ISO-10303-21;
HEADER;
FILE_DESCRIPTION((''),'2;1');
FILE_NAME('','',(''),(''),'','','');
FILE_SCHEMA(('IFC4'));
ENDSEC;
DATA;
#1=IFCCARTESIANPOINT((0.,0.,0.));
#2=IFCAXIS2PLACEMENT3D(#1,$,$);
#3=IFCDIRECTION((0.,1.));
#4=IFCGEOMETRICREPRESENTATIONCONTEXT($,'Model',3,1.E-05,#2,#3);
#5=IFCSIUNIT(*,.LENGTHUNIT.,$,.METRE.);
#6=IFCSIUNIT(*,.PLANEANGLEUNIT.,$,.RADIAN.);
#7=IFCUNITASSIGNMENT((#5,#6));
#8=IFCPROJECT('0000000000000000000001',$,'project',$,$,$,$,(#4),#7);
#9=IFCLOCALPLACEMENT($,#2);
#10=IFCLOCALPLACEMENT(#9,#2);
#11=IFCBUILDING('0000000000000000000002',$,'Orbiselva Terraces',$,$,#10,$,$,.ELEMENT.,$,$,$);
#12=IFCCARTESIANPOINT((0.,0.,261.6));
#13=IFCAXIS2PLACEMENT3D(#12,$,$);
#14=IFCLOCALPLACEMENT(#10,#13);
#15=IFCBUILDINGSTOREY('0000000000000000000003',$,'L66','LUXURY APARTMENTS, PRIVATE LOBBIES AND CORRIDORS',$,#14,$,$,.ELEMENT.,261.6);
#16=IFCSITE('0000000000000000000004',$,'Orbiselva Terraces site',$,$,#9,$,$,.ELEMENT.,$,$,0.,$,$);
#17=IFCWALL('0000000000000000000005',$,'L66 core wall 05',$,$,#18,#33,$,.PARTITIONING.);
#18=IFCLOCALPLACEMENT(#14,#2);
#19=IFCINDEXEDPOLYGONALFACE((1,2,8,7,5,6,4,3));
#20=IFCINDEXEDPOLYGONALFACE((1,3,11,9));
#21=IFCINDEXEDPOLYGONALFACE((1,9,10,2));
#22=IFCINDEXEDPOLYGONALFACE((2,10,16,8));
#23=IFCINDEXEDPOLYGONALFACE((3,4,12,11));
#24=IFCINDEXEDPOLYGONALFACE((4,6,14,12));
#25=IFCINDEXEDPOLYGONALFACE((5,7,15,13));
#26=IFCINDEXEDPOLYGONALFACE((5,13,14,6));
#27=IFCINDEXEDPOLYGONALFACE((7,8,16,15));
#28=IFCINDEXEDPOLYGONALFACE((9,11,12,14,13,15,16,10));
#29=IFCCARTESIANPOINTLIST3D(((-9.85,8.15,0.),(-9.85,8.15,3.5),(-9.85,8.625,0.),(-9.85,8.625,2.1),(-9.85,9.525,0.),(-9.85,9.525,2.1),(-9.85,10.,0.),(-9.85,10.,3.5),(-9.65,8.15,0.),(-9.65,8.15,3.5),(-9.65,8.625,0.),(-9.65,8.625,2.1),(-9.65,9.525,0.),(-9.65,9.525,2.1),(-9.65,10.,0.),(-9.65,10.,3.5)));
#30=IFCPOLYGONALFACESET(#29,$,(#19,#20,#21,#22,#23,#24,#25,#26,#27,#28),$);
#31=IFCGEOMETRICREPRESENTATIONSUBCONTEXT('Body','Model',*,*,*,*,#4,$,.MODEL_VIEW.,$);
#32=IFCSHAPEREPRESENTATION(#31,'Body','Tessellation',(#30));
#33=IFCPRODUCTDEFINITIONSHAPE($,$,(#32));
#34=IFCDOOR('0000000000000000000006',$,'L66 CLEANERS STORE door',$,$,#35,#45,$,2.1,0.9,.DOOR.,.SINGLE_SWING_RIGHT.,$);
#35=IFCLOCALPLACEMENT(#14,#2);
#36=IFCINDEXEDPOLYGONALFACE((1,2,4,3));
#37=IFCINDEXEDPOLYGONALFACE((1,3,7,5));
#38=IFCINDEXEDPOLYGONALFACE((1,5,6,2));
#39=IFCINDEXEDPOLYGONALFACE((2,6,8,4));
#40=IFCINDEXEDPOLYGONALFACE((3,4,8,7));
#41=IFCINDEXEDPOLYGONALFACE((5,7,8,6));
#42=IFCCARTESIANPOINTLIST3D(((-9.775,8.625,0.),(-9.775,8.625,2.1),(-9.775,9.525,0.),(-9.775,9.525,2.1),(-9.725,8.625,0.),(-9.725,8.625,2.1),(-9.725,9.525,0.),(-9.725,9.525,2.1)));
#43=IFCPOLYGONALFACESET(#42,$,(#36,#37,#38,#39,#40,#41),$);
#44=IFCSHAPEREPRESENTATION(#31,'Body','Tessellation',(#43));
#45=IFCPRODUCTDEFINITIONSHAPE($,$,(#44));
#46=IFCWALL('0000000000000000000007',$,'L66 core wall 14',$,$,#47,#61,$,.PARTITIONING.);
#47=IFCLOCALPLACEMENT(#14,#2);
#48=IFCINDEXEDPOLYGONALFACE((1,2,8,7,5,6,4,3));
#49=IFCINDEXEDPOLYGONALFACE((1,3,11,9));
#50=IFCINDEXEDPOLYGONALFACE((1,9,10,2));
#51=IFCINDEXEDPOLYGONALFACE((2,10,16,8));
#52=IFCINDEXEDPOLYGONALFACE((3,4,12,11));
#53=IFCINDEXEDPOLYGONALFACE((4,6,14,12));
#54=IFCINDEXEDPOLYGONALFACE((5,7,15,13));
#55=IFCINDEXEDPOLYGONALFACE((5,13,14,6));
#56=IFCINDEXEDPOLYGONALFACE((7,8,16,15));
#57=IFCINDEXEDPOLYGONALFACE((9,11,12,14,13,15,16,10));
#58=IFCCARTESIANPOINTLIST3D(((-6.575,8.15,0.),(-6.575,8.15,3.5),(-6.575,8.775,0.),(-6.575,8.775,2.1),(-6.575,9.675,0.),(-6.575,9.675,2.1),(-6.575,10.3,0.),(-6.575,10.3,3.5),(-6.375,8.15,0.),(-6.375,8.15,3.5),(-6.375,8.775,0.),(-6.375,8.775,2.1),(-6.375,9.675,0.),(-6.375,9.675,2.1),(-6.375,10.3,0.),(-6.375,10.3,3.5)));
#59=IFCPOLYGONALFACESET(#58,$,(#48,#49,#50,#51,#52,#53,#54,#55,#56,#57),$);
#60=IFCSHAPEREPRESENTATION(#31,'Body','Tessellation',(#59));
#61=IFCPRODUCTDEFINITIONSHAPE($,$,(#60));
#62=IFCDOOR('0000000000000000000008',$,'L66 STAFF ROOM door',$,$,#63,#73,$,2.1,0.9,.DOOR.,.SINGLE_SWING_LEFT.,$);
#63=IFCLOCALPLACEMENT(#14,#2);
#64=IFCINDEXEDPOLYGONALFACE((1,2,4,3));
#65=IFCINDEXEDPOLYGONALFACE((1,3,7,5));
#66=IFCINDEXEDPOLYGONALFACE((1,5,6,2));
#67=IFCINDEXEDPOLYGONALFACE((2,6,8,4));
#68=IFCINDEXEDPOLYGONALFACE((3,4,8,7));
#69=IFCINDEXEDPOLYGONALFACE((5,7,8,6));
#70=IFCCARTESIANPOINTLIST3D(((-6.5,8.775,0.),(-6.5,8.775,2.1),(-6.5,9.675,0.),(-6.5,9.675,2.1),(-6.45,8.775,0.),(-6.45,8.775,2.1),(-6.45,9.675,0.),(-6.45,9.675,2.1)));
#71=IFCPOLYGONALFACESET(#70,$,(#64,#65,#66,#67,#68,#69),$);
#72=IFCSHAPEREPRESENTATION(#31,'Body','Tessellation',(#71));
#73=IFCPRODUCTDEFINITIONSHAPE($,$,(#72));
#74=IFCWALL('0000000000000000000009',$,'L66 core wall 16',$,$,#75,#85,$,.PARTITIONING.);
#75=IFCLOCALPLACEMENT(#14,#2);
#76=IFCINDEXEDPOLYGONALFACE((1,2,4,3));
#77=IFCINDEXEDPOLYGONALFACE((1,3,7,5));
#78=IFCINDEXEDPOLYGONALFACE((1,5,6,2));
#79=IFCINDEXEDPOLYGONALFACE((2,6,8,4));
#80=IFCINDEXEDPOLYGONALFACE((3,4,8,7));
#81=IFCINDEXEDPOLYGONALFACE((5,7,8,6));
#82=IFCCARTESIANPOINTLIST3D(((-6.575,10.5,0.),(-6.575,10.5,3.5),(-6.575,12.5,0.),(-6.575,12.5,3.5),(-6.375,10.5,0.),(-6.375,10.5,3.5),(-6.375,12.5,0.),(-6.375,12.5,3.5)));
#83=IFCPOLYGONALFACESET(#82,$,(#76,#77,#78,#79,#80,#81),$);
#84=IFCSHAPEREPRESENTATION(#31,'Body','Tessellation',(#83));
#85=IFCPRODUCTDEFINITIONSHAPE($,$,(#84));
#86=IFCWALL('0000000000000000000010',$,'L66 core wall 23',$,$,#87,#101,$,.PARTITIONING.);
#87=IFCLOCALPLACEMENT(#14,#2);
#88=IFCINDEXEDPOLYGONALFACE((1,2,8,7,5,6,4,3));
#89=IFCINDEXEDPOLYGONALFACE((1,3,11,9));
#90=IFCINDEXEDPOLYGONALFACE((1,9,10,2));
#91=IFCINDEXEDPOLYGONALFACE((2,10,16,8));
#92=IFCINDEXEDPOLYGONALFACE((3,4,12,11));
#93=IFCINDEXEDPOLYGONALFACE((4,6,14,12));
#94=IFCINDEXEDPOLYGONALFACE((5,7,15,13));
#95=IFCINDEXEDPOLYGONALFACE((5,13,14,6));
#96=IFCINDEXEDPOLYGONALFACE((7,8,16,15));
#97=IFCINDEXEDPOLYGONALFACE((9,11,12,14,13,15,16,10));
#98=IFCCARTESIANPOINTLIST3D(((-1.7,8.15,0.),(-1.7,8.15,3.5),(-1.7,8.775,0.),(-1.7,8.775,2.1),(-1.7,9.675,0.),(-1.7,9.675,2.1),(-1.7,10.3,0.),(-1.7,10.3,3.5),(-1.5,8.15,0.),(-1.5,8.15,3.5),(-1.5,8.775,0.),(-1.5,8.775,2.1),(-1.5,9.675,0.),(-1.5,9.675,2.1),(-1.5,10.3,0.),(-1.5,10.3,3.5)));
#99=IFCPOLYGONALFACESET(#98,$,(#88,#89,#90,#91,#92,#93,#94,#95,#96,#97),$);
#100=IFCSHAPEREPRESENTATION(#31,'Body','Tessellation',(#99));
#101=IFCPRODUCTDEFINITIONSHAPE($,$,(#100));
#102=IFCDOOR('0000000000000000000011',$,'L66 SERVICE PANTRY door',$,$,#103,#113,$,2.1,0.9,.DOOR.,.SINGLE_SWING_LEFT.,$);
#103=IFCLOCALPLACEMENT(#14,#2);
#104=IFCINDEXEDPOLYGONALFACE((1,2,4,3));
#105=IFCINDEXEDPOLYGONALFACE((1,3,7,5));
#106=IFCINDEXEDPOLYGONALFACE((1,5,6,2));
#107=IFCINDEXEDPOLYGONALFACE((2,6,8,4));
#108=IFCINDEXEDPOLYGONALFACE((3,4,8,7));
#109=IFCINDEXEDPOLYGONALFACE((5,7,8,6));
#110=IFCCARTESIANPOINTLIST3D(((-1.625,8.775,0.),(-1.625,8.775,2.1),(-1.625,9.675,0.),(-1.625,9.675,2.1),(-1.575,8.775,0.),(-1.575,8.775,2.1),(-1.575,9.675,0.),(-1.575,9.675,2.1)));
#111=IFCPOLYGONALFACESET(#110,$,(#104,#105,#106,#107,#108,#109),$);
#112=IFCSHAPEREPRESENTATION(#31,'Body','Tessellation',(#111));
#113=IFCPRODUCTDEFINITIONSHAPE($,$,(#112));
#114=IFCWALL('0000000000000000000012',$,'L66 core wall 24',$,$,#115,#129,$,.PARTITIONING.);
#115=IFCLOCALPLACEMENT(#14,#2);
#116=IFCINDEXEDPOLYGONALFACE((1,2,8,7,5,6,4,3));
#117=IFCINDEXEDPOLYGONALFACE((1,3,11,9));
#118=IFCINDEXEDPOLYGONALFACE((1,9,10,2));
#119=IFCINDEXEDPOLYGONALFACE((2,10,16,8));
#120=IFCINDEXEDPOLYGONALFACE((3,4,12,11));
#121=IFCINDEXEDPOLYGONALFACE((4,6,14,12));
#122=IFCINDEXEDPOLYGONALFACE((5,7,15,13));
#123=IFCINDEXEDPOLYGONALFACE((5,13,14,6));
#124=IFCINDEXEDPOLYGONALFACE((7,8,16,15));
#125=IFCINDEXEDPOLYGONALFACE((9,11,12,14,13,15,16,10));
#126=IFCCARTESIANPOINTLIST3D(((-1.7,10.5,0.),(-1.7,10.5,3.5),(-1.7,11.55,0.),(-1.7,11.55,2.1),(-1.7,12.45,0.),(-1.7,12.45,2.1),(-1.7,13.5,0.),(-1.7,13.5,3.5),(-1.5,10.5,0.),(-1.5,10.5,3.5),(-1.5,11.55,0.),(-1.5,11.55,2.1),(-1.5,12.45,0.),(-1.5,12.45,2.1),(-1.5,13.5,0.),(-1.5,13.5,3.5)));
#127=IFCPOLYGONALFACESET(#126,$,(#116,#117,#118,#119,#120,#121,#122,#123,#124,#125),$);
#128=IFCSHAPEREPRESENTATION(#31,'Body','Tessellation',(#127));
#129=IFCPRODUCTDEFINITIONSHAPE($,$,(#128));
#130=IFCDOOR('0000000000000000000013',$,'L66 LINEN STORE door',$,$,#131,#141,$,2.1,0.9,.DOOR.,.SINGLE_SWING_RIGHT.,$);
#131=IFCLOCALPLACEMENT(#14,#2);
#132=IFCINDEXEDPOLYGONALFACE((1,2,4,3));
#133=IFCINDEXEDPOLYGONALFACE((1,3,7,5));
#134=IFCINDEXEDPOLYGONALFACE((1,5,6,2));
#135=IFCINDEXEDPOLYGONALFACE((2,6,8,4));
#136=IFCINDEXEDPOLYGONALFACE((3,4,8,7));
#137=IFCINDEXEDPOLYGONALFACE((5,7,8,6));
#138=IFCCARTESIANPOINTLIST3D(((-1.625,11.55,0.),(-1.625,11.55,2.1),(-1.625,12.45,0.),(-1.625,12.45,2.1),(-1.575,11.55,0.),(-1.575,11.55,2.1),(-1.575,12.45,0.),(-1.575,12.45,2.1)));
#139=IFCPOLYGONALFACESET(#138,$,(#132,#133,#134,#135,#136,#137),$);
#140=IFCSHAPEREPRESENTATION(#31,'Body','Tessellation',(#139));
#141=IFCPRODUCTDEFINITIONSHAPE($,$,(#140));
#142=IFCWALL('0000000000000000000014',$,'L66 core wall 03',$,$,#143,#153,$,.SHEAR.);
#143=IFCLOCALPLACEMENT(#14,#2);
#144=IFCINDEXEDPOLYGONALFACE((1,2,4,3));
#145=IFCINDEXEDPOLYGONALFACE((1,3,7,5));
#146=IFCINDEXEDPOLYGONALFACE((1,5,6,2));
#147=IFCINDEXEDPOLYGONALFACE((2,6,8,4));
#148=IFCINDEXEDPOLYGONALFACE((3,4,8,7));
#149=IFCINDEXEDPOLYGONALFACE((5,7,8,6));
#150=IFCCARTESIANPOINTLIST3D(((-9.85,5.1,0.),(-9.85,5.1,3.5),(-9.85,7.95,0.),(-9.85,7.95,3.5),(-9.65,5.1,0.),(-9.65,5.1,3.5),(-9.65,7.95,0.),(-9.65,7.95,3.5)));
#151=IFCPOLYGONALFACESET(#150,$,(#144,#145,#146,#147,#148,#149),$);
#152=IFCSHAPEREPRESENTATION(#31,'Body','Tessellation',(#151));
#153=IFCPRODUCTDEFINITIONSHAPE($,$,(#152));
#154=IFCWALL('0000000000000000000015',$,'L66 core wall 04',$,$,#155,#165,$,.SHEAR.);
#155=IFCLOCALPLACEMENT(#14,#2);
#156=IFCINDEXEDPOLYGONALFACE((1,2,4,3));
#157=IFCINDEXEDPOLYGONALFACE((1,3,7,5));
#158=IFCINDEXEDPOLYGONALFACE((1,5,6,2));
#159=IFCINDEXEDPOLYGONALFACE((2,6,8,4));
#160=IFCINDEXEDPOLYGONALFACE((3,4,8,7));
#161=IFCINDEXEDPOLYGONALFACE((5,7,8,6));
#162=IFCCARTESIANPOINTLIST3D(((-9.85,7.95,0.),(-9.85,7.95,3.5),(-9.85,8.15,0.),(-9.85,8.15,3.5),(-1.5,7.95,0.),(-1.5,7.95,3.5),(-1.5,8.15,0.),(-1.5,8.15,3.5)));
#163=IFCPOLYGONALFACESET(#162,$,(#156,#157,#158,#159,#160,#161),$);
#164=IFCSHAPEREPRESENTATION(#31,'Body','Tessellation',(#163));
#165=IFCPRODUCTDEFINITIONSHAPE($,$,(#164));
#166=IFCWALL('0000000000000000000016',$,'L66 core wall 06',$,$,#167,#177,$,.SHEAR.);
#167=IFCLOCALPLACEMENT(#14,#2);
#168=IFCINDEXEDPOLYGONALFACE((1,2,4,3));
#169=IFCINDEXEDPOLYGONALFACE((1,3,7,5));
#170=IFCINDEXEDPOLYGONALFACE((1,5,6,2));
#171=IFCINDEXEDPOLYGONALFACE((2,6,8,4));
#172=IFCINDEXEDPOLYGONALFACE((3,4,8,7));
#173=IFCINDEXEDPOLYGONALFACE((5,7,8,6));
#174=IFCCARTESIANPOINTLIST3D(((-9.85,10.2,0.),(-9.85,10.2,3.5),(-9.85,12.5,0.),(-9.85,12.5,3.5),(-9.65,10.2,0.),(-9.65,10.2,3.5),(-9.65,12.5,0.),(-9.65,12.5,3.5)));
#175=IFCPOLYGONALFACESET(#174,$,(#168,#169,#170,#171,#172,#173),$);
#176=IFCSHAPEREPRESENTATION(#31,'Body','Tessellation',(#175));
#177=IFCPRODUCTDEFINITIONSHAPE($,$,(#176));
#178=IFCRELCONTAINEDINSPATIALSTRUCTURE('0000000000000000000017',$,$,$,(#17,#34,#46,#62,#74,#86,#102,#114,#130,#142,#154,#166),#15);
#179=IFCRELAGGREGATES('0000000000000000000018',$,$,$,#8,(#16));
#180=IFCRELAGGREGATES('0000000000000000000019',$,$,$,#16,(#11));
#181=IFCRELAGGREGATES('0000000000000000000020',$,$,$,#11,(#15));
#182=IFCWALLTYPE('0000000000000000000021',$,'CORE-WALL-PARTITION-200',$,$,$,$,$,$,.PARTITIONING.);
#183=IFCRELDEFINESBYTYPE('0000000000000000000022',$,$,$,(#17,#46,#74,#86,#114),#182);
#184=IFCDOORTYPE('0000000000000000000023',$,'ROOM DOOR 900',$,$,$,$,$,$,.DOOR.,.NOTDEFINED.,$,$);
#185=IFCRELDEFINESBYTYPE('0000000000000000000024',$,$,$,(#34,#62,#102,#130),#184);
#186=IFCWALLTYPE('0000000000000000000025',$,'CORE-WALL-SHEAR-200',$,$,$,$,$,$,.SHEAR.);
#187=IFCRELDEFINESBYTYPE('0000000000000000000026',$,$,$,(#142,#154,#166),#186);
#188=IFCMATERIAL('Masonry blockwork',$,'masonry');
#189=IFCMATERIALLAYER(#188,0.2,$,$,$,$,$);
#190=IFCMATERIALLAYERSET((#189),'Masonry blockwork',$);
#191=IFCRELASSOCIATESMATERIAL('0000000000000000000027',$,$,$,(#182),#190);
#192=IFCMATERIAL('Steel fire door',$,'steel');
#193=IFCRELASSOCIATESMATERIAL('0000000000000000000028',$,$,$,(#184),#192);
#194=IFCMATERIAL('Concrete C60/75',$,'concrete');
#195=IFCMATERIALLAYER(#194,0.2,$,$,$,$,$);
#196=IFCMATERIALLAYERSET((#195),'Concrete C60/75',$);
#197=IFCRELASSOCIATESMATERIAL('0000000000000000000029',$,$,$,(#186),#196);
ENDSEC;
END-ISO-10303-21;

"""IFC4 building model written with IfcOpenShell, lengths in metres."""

from ifc_helpers import new_model, si_unit, direction, frame, frame_2d, origin, place, context, subcontext, project, spatial, rectangle, extrude, material, layer, layer_set, type_object, element, fill, save


model = new_model("IFC4")

# Units and contexts
model_context = context("Model", 3, precision=1e-05, world=origin(), true_north=direction((0.0, 1.0)))
body_context = subcontext(model_context, "Body", "Model", "MODEL_VIEW")
ifc_project = project(units=[si_unit("LENGTHUNIT", "METRE"), si_unit("PLANEANGLEUNIT", "RADIAN")], contexts=[model_context])

# Site, building, storey
site_placement = place(None, origin())
site = spatial("IfcSite", under=ifc_project, at=site_placement, Name="Orbiselva Terraces site", CompositionType="ELEMENT", RefElevation=0.0)
building_placement = place(site_placement, origin())
building = spatial("IfcBuilding", under=site, at=building_placement, Name="Orbiselva Terraces", CompositionType="ELEMENT")
storey_placement = place(building_placement, frame((0.0, 0.0, 261.6)))
storey = spatial("IfcBuildingStorey", under=building, at=storey_placement, Name="L66", Description="LUXURY APARTMENTS, PRIVATE LOBBIES AND CORRIDORS", CompositionType="ELEMENT", Elevation=261.6)

# Walls, openings, doors
ifc_material_1 = material(Name="Masonry blockwork", Category="masonry")
ifc_layer_1 = layer(ifc_material_1, 0.2)
ifc_layer_set_1 = layer_set([ifc_layer_1], Name="Masonry blockwork")
wall_type_1 = type_object("IfcWallType", Name="CORE-WALL-PARTITION-200", PredefinedType="PARTITIONING", material=ifc_layer_set_1)
wall_1_placement = place(storey_placement, frame((-9.75, 8.15, 0.0), z_axis=(0.0, 0.0, 1.0), x_axis=(0.0, 1.0, 0.0)))
wall_1 = element("IfcWall", 1, at=wall_1_placement, inside=storey, type_object=wall_type_1, Name="L66 core wall 05", PredefinedType="PARTITIONING", context=body_context, shape_type="SweptSolid", body=[
    extrude(rectangle(XDim=1.85, YDim=0.2, at=frame_2d((0.925, 0.0))), origin(), (0.0, 0.0, 1.0), 3.5),
])
opening_1_placement = place(wall_1_placement, frame((0.475, 0.0, 0.0)))
opening_1 = element("IfcOpeningElement", 2, at=opening_1_placement, cuts=wall_1, PredefinedType="OPENING", context=body_context, shape_type="SweptSolid", body=[
    extrude(rectangle(XDim=0.9, YDim=2.1, at=frame_2d((0.45, 1.05))), frame((0.0, 0.11, 0.0), z_axis=(0.0, -1.0, 0.0), x_axis=(1.0, 0.0, 0.0)), (0.0, 0.0, 1.0), 0.22),
])
ifc_material_2 = material(Name="Steel fire door", Category="steel")
door_type = type_object("IfcDoorType", Name="ROOM DOOR 900", OperationType="NOTDEFINED", PredefinedType="DOOR", material=ifc_material_2)
door_1_placement = place(opening_1_placement, origin())
door_1 = element("IfcDoor", 3, at=door_1_placement, inside=storey, type_object=door_type, Name="L66 CLEANERS STORE door", OperationType="SINGLE_SWING_RIGHT", OverallHeight=2.1, OverallWidth=0.9, PredefinedType="DOOR", context=body_context, shape_type="SweptSolid", body=[
    extrude(rectangle(XDim=0.9, YDim=2.1, at=frame_2d((0.45, 1.05))), frame((0.0, 0.025, 0.0), z_axis=(0.0, -1.0, 0.0), x_axis=(1.0, 0.0, 0.0)), (0.0, 0.0, 1.0), 0.05),
])
fill(opening_1, door_1)
wall_2_placement = place(storey_placement, frame((-6.475, 8.15, 0.0), z_axis=(0.0, 0.0, 1.0), x_axis=(0.0, 1.0, 0.0)))
wall_2 = element("IfcWall", 4, at=wall_2_placement, inside=storey, type_object=wall_type_1, Name="L66 core wall 14", PredefinedType="PARTITIONING", context=body_context, shape_type="SweptSolid", body=[
    extrude(rectangle(XDim=2.15, YDim=0.2, at=frame_2d((1.075, 0.0))), origin(), (0.0, 0.0, 1.0), 3.5),
])
opening_2_placement = place(wall_2_placement, frame((0.625, 0.0, 0.0)))
opening_2 = element("IfcOpeningElement", 5, at=opening_2_placement, cuts=wall_2, PredefinedType="OPENING", context=body_context, shape_type="SweptSolid", body=[
    extrude(rectangle(XDim=0.9, YDim=2.1, at=frame_2d((0.45, 1.05))), frame((0.0, 0.11, 0.0), z_axis=(0.0, -1.0, 0.0), x_axis=(1.0, 0.0, 0.0)), (0.0, 0.0, 1.0), 0.22),
])
door_2_placement = place(opening_2_placement, origin())
door_2 = element("IfcDoor", 6, at=door_2_placement, inside=storey, type_object=door_type, Name="L66 STAFF ROOM door", OperationType="SINGLE_SWING_LEFT", OverallHeight=2.1, OverallWidth=0.9, PredefinedType="DOOR", context=body_context, shape_type="SweptSolid", body=[
    extrude(rectangle(XDim=0.9, YDim=2.1, at=frame_2d((0.45, 1.05))), frame((0.0, 0.025, 0.0), z_axis=(0.0, -1.0, 0.0), x_axis=(1.0, 0.0, 0.0)), (0.0, 0.0, 1.0), 0.05),
])
fill(opening_2, door_2)

# Wall
wall_3_placement = place(storey_placement, frame((-6.475, 10.5, 0.0), z_axis=(0.0, 0.0, 1.0), x_axis=(0.0, 1.0, 0.0)))
element("IfcWall", 7, at=wall_3_placement, inside=storey, type_object=wall_type_1, Name="L66 core wall 16", PredefinedType="PARTITIONING", context=body_context, shape_type="SweptSolid", body=[
    extrude(rectangle(XDim=2.0, YDim=0.2, at=frame_2d((1.0, 0.0))), origin(), (0.0, 0.0, 1.0), 3.5),
])

# Walls, openings, doors
wall_4_placement = place(storey_placement, frame((-1.6, 8.15, 0.0), z_axis=(0.0, 0.0, 1.0), x_axis=(0.0, 1.0, 0.0)))
wall_4 = element("IfcWall", 8, at=wall_4_placement, inside=storey, type_object=wall_type_1, Name="L66 core wall 23", PredefinedType="PARTITIONING", context=body_context, shape_type="SweptSolid", body=[
    extrude(rectangle(XDim=2.15, YDim=0.2, at=frame_2d((1.075, 0.0))), origin(), (0.0, 0.0, 1.0), 3.5),
])
opening_3_placement = place(wall_4_placement, frame((0.625, 0.0, 0.0)))
opening_3 = element("IfcOpeningElement", 9, at=opening_3_placement, cuts=wall_4, PredefinedType="OPENING", context=body_context, shape_type="SweptSolid", body=[
    extrude(rectangle(XDim=0.9, YDim=2.1, at=frame_2d((0.45, 1.05))), frame((0.0, 0.11, 0.0), z_axis=(0.0, -1.0, 0.0), x_axis=(1.0, 0.0, 0.0)), (0.0, 0.0, 1.0), 0.22),
])
door_3_placement = place(opening_3_placement, origin())
door_3 = element("IfcDoor", 10, at=door_3_placement, inside=storey, type_object=door_type, Name="L66 SERVICE PANTRY door", OperationType="SINGLE_SWING_LEFT", OverallHeight=2.1, OverallWidth=0.9, PredefinedType="DOOR", context=body_context, shape_type="SweptSolid", body=[
    extrude(rectangle(XDim=0.9, YDim=2.1, at=frame_2d((0.45, 1.05))), frame((0.0, 0.025, 0.0), z_axis=(0.0, -1.0, 0.0), x_axis=(1.0, 0.0, 0.0)), (0.0, 0.0, 1.0), 0.05),
])
fill(opening_3, door_3)
wall_5_placement = place(storey_placement, frame((-1.6, 10.5, 0.0), z_axis=(0.0, 0.0, 1.0), x_axis=(0.0, 1.0, 0.0)))
wall_5 = element("IfcWall", 11, at=wall_5_placement, inside=storey, type_object=wall_type_1, Name="L66 core wall 24", PredefinedType="PARTITIONING", context=body_context, shape_type="SweptSolid", body=[
    extrude(rectangle(XDim=3.0, YDim=0.2, at=frame_2d((1.5, 0.0))), origin(), (0.0, 0.0, 1.0), 3.5),
])
opening_4_placement = place(wall_5_placement, frame((1.05, 0.0, 0.0)))
opening_4 = element("IfcOpeningElement", 12, at=opening_4_placement, cuts=wall_5, PredefinedType="OPENING", context=body_context, shape_type="SweptSolid", body=[
    extrude(rectangle(XDim=0.9, YDim=2.1, at=frame_2d((0.45, 1.05))), frame((0.0, 0.11, 0.0), z_axis=(0.0, -1.0, 0.0), x_axis=(1.0, 0.0, 0.0)), (0.0, 0.0, 1.0), 0.22),
])
door_4_placement = place(opening_4_placement, origin())
door_4 = element("IfcDoor", 13, at=door_4_placement, inside=storey, type_object=door_type, Name="L66 LINEN STORE door", OperationType="SINGLE_SWING_RIGHT", OverallHeight=2.1, OverallWidth=0.9, PredefinedType="DOOR", context=body_context, shape_type="SweptSolid", body=[
    extrude(rectangle(XDim=0.9, YDim=2.1, at=frame_2d((0.45, 1.05))), frame((0.0, 0.025, 0.0), z_axis=(0.0, -1.0, 0.0), x_axis=(1.0, 0.0, 0.0)), (0.0, 0.0, 1.0), 0.05),
])
fill(opening_4, door_4)

# Walls
ifc_material_3 = material(Name="Concrete C60/75", Category="concrete")
ifc_layer_2 = layer(ifc_material_3, 0.2)
ifc_layer_set_2 = layer_set([ifc_layer_2], Name="Concrete C60/75")
wall_type_2 = type_object("IfcWallType", Name="CORE-WALL-SHEAR-200", PredefinedType="SHEAR", material=ifc_layer_set_2)
wall_6_placement = place(storey_placement, frame((-9.75, 5.1, 0.0), z_axis=(0.0, 0.0, 1.0), x_axis=(0.0, 1.0, 0.0)))
element("IfcWall", 14, at=wall_6_placement, inside=storey, type_object=wall_type_2, Name="L66 core wall 03", PredefinedType="SHEAR", context=body_context, shape_type="SweptSolid", body=[
    extrude(rectangle(XDim=2.85, YDim=0.2, at=frame_2d((1.425, 0.0))), origin(), (0.0, 0.0, 1.0), 3.5),
])
wall_7_placement = place(storey_placement, frame((-9.85, 8.05, 0.0), z_axis=(0.0, 0.0, 1.0), x_axis=(1.0, 0.0, 0.0)))
element("IfcWall", 15, at=wall_7_placement, inside=storey, type_object=wall_type_2, Name="L66 core wall 04", PredefinedType="SHEAR", context=body_context, shape_type="SweptSolid", body=[
    extrude(rectangle(XDim=8.35, YDim=0.2, at=frame_2d((4.175, 0.0))), origin(), (0.0, 0.0, 1.0), 3.5),
])
wall_8_placement = place(storey_placement, frame((-9.75, 10.2, 0.0), z_axis=(0.0, 0.0, 1.0), x_axis=(0.0, 1.0, 0.0)))
element("IfcWall", 16, at=wall_8_placement, inside=storey, type_object=wall_type_2, Name="L66 core wall 06", PredefinedType="SHEAR", context=body_context, shape_type="SweptSolid", body=[
    extrude(rectangle(XDim=2.3, YDim=0.2, at=frame_2d((1.15, 0.0))), origin(), (0.0, 0.0, 1.0), 3.5),
])

save(model, "model.ifc")
